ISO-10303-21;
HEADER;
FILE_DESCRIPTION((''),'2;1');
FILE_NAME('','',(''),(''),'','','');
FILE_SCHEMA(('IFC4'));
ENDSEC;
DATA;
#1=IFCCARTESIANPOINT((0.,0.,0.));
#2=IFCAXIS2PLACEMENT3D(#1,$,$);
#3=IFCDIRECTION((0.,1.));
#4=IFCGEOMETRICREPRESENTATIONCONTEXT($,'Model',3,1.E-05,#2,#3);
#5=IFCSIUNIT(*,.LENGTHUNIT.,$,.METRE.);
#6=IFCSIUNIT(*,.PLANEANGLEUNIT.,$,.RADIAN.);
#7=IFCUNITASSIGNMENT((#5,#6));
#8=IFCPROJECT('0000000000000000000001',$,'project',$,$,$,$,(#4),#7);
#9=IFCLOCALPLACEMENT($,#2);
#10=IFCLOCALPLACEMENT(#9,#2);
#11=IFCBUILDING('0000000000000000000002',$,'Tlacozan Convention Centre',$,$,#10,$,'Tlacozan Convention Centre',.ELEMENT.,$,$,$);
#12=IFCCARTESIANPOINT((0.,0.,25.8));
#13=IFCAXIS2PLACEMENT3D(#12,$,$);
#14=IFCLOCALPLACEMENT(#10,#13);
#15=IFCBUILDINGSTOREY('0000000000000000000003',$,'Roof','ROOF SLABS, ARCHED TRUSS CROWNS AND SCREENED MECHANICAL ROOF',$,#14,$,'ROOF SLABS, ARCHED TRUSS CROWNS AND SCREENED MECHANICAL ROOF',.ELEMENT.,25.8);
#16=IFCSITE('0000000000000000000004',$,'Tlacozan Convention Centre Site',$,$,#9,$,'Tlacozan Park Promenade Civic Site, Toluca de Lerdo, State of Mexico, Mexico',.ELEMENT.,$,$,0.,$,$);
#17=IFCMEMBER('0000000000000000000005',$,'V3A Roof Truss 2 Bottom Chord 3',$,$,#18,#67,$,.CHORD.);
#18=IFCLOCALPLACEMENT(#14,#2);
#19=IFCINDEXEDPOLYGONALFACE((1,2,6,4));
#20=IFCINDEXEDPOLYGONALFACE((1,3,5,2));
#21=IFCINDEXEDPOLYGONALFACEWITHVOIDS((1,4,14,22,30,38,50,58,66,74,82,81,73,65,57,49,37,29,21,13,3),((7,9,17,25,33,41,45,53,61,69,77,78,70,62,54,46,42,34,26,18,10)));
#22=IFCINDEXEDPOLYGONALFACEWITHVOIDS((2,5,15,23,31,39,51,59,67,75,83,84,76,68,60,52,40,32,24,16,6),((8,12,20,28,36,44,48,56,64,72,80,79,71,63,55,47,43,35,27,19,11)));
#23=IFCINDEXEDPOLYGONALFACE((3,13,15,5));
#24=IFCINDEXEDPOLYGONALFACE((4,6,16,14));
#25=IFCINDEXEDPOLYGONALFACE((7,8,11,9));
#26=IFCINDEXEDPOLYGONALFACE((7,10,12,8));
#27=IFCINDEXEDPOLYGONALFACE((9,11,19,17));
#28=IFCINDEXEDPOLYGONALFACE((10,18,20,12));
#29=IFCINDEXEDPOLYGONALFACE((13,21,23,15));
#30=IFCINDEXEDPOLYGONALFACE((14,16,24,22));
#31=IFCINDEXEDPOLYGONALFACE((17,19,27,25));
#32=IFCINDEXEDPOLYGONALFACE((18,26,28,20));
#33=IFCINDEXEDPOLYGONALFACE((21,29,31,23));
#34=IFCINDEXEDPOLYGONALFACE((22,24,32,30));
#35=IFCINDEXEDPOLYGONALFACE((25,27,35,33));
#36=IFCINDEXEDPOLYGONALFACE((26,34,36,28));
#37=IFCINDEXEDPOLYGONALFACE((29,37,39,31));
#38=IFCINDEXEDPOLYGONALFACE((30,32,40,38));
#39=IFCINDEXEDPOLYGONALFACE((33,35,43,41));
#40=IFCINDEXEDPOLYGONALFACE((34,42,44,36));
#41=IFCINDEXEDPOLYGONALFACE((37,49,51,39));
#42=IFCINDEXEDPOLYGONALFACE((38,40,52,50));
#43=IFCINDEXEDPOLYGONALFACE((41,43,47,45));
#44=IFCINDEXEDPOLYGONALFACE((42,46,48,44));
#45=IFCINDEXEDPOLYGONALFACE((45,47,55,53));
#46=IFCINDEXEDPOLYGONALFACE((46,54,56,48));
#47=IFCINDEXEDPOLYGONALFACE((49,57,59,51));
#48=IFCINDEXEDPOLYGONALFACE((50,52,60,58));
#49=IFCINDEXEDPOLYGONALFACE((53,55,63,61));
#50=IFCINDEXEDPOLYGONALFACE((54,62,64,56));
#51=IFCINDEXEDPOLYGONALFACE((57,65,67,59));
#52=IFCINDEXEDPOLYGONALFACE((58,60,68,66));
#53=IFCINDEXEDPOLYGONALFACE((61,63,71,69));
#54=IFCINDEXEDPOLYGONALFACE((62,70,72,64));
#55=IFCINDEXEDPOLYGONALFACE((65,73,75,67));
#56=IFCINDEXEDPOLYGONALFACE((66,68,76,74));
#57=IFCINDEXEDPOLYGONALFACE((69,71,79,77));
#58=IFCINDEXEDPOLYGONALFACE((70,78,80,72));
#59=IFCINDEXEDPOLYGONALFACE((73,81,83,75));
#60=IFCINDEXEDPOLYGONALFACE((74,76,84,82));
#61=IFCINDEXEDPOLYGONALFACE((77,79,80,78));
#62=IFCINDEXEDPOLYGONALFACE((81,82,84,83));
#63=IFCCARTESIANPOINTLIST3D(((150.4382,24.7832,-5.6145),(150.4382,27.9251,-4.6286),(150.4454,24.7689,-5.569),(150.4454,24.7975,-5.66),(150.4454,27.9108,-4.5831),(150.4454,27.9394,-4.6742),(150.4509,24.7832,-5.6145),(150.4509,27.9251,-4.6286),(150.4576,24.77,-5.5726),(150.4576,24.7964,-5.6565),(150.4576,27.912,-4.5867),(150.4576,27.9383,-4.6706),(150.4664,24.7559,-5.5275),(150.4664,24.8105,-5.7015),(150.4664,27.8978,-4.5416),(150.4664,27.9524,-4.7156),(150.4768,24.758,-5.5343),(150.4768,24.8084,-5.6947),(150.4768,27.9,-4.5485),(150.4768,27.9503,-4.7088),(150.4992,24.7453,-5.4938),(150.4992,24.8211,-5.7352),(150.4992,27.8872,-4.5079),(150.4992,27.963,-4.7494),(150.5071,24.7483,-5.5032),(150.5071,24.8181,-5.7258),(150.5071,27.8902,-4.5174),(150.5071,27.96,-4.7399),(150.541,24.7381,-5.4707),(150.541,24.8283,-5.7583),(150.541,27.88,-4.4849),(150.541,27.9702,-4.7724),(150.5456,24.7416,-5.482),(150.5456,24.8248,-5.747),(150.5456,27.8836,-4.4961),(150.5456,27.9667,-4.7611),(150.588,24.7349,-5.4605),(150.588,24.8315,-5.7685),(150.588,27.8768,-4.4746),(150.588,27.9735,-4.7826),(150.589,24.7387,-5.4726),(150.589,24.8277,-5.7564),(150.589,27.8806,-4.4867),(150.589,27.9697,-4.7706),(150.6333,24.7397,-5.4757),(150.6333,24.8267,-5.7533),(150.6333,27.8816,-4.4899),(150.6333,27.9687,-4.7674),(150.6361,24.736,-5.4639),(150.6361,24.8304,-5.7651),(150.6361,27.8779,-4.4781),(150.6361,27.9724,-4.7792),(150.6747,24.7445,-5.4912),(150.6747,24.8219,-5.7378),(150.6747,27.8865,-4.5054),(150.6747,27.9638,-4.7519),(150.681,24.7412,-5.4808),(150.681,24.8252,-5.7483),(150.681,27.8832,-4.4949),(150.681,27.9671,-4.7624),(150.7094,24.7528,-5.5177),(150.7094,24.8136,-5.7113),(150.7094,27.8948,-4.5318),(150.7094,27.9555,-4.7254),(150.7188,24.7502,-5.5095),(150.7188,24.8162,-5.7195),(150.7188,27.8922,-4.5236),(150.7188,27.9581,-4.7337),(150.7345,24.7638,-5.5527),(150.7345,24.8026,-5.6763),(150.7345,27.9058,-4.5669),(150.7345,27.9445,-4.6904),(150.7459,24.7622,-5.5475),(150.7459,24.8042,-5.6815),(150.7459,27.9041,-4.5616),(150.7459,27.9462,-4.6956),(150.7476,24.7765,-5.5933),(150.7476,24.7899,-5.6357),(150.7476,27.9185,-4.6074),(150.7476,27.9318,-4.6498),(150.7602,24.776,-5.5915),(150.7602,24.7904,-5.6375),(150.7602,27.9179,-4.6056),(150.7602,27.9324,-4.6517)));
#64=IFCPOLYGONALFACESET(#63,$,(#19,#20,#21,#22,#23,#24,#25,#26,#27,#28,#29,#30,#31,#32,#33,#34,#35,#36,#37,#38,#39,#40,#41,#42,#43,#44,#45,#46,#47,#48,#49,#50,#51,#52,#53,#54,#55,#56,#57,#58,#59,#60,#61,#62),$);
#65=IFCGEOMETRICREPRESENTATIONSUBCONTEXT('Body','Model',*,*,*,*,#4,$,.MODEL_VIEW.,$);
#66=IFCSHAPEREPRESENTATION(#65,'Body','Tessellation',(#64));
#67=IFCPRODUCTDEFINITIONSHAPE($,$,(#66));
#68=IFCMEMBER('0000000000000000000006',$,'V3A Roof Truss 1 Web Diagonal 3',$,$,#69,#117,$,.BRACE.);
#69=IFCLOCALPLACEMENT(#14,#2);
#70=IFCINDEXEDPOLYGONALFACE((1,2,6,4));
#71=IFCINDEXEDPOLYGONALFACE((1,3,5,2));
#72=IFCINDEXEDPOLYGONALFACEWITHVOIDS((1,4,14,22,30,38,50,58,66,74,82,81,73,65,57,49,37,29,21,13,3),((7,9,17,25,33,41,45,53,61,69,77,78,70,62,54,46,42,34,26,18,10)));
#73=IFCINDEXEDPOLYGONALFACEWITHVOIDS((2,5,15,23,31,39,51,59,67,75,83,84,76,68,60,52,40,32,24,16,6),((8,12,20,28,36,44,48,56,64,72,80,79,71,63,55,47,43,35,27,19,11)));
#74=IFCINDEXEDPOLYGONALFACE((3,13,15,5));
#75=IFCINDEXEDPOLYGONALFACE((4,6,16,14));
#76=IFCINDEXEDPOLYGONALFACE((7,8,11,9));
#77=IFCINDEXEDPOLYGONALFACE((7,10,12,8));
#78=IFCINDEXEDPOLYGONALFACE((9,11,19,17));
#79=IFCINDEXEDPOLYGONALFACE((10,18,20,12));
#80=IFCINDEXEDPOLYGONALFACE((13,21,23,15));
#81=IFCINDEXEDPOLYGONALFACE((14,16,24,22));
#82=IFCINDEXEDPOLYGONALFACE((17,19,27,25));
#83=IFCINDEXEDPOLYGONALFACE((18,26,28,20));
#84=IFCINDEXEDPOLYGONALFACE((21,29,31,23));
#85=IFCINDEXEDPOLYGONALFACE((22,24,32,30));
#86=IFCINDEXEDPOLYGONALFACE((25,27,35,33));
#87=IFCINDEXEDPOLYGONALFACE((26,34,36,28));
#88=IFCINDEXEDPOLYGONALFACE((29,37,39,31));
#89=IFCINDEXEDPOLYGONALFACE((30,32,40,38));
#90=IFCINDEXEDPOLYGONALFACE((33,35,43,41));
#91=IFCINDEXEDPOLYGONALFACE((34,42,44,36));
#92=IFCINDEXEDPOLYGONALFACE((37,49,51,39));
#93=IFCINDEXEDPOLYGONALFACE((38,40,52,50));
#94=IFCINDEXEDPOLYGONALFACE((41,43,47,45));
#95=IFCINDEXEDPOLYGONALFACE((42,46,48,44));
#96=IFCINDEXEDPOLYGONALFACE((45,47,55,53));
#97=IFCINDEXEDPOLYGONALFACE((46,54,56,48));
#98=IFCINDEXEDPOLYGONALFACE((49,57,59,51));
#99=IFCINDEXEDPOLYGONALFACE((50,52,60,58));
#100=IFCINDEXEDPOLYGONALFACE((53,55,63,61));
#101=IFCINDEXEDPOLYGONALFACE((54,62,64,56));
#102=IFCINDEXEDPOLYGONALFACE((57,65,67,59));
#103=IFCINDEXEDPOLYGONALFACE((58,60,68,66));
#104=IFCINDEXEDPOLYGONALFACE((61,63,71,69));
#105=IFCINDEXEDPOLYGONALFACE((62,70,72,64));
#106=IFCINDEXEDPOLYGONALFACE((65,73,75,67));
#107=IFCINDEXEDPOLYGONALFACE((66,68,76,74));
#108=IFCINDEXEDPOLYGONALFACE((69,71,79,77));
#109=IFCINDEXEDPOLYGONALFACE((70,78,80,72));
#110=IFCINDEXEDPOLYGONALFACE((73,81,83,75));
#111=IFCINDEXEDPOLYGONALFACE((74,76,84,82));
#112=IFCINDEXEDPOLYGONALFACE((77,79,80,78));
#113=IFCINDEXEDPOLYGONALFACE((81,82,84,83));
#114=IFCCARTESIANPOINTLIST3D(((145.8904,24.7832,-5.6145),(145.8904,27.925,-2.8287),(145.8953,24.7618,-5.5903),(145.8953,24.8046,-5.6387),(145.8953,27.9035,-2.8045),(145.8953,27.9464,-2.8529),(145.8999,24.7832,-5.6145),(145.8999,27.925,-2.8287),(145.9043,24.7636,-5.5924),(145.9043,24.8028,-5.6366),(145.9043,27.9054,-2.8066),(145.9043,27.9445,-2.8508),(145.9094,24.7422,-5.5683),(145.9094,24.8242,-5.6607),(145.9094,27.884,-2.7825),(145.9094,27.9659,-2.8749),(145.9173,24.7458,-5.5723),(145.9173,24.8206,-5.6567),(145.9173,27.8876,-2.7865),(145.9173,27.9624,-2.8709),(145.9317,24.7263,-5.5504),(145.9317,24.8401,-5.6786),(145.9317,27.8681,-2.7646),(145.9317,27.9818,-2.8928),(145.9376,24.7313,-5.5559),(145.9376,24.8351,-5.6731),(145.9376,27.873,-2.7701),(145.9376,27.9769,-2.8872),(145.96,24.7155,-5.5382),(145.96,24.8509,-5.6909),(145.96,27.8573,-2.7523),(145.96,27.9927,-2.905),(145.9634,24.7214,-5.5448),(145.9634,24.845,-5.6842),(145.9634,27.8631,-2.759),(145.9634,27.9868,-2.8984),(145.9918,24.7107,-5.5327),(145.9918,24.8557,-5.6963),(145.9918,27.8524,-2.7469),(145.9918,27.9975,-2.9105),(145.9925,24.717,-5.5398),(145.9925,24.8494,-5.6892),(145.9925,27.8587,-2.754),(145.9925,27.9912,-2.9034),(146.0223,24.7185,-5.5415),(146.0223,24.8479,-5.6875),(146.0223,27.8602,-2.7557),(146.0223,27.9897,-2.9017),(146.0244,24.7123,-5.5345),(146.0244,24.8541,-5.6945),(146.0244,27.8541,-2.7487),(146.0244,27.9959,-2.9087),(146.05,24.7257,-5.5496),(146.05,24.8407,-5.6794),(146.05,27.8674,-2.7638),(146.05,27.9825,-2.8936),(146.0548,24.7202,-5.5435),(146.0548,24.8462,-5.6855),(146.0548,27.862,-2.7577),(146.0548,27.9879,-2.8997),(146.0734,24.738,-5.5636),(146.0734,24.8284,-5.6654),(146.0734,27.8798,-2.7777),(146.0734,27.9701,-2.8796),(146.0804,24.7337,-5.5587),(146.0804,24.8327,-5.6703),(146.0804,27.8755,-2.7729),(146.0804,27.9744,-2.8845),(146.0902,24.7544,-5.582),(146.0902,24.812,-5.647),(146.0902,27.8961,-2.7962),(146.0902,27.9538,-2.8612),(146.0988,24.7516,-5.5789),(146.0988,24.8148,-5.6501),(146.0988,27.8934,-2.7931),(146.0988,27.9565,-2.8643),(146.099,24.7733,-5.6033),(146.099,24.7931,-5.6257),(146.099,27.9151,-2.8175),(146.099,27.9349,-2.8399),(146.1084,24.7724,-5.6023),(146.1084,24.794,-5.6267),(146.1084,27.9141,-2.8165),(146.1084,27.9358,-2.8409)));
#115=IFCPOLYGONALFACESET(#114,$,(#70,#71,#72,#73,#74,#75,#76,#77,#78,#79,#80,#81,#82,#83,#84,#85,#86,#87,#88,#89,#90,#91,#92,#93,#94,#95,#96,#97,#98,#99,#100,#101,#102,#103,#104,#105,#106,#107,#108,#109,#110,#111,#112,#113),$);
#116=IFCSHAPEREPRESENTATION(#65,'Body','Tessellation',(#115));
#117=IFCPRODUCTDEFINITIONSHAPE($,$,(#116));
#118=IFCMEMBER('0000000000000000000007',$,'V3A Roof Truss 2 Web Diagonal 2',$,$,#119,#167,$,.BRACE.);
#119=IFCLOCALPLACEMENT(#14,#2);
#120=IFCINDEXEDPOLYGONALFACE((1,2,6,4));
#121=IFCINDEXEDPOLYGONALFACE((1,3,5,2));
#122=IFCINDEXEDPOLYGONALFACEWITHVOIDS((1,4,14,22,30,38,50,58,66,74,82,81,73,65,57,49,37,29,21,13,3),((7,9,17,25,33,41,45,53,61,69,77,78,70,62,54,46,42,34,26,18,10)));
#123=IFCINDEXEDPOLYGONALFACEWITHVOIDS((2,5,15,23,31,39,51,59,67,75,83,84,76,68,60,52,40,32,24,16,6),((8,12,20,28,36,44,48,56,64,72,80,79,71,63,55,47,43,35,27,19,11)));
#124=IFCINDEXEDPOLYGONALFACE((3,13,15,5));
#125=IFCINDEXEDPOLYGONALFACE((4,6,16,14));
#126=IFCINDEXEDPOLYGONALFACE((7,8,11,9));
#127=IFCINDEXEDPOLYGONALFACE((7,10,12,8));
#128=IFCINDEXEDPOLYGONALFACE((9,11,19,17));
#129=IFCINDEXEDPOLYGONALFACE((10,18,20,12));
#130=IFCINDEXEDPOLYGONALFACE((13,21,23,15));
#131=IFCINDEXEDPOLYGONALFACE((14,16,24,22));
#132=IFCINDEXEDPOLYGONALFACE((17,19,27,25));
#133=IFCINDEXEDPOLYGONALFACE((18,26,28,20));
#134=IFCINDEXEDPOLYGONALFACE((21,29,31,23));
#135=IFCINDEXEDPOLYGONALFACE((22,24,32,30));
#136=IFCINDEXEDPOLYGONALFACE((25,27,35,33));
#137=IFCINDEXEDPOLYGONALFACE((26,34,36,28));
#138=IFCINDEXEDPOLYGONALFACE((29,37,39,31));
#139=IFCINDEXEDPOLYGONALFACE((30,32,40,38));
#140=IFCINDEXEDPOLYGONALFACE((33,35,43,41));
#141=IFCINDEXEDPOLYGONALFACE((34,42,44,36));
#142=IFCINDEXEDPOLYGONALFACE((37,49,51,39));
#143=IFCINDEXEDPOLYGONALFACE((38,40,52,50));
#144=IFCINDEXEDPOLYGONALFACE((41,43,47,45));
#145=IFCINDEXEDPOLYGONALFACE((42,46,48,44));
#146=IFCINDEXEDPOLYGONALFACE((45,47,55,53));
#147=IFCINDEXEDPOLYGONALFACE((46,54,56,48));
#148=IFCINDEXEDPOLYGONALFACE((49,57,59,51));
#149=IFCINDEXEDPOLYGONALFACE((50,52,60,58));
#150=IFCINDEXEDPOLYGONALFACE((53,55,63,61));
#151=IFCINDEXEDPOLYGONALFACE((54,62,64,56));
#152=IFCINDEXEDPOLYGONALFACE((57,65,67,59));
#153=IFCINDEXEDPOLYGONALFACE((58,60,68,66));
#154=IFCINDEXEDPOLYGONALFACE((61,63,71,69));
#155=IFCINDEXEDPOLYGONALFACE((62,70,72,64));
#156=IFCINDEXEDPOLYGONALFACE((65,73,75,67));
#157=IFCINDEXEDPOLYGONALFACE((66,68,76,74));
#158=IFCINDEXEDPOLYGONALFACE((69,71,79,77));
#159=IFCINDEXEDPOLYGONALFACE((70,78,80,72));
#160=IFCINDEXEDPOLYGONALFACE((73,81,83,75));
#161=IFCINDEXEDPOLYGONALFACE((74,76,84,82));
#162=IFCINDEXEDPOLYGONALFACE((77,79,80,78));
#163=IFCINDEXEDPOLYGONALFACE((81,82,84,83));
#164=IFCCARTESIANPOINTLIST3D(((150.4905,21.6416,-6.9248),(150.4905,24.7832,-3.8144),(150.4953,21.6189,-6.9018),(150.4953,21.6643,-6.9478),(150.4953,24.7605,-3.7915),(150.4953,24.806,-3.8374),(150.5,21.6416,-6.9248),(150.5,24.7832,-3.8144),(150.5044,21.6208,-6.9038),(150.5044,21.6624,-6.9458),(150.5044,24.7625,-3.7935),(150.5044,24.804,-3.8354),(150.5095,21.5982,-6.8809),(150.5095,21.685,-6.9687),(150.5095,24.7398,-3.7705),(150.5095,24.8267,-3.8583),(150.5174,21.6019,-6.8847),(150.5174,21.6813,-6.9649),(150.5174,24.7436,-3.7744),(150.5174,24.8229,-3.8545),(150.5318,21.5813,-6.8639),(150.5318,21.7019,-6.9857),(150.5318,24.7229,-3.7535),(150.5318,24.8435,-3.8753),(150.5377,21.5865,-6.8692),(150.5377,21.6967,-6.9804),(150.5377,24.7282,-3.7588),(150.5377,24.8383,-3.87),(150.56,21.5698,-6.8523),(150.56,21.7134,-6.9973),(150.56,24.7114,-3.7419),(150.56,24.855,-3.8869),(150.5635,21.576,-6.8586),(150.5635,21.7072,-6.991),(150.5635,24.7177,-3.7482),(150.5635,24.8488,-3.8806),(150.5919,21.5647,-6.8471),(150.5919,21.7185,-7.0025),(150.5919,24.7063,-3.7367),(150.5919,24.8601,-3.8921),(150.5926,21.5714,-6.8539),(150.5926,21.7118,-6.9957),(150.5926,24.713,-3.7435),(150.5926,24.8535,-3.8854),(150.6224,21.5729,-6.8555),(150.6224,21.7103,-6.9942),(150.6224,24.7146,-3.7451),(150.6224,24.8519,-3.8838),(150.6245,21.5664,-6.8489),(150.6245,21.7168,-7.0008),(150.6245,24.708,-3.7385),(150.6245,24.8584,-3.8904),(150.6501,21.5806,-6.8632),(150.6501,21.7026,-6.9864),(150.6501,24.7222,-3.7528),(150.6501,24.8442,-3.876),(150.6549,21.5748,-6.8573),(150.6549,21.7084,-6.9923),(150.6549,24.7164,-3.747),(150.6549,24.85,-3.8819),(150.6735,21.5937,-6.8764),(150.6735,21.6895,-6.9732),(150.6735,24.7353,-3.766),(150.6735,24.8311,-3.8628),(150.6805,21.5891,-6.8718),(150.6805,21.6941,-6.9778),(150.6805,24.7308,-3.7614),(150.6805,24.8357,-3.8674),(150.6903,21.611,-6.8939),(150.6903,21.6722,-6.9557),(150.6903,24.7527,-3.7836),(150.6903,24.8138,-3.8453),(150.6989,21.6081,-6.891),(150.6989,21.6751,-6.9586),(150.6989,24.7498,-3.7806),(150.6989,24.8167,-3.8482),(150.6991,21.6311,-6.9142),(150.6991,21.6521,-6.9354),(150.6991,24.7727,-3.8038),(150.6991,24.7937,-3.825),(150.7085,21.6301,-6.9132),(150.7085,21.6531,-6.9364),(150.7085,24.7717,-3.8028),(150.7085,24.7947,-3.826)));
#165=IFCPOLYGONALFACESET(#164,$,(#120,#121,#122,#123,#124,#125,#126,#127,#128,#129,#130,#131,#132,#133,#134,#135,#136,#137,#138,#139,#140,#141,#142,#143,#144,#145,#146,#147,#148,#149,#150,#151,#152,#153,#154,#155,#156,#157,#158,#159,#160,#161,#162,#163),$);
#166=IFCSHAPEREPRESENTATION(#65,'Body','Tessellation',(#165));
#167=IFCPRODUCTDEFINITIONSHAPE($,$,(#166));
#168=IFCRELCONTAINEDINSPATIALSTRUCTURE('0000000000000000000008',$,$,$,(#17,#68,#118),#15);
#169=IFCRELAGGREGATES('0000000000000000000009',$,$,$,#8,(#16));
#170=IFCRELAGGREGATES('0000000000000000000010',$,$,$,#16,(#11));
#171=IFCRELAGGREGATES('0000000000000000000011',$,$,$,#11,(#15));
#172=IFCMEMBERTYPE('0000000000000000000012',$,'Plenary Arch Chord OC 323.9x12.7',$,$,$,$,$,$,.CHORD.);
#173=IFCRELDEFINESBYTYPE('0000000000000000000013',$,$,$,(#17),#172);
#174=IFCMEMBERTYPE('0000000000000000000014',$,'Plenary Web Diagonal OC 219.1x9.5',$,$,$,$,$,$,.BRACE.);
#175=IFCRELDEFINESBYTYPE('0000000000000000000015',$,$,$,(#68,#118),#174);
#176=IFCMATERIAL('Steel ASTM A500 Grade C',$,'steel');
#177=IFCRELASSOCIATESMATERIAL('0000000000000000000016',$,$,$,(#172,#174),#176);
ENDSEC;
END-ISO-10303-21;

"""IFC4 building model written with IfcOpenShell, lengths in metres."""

from ifc_helpers import new_model, si_unit, direction, frame, origin, origin_2d, place, context, subcontext, project, spatial, hollow_circle, extrude, material, material_profile, profile_set, type_object, element, save


model = new_model("IFC4")

# Units and contexts
model_context = context("Model", 3, precision=1e-05, world=origin(), true_north=direction((0.0, 1.0)))
body_context = subcontext(model_context, "Body", "Model", "MODEL_VIEW")
ifc_project = project(units=[si_unit("LENGTHUNIT", "METRE"), si_unit("PLANEANGLEUNIT", "RADIAN")], contexts=[model_context])

# Site, building, storey
site_placement = place(None, origin())
site = spatial("IfcSite", under=ifc_project, at=site_placement, Name="Tlacozan Convention Centre Site", LongName="Tlacozan Park Promenade Civic Site, Toluca de Lerdo, State of Mexico, Mexico", CompositionType="ELEMENT", RefElevation=0.0)
building_placement = place(site_placement, origin())
building = spatial("IfcBuilding", under=site, at=building_placement, Name="Tlacozan Convention Centre", LongName="Tlacozan Convention Centre", CompositionType="ELEMENT")
storey_placement = place(building_placement, frame((0.0, 0.0, 25.8)))
storey = spatial("IfcBuildingStorey", under=building, at=storey_placement, Name="Roof", Description="ROOF SLABS, ARCHED TRUSS CROWNS AND SCREENED MECHANICAL ROOF", LongName="ROOF SLABS, ARCHED TRUSS CROWNS AND SCREENED MECHANICAL ROOF", CompositionType="ELEMENT", Elevation=25.8)

# Members
ifc_material_1 = material(Name="Steel ASTM A500 Grade C", Category="steel")
ifc_material_profile_1 = material_profile(ifc_material_1, hollow_circle(Radius=0.1619, WallThickness=0.0127, at=origin_2d()), Name="OC 323.9x12.7")
ifc_profile_set_1 = profile_set([ifc_material_profile_1], Name="Steel ASTM A500 Grade C")
member_type_1 = type_object("IfcMemberType", Name="Plenary Arch Chord OC 323.9x12.7", PredefinedType="CHORD", material=ifc_profile_set_1)
for number, where, z_axis, x_axis, name in (
    (1, (150.6001, 24.7832, -5.6145), (0.0, 0.954132, 0.299385), (-1.0, 0.0, 0.0), "V3A Roof Truss 2 Bottom Chord 3"),
):
    element("IfcMember", number, at=place(storey_placement, frame(where, z_axis=z_axis, x_axis=x_axis)), inside=storey, type_object=member_type_1, Name=name, PredefinedType="CHORD", context=body_context, shape_type="SweptSolid", body=[
        extrude(hollow_circle(Radius=0.1619, WallThickness=0.0127, at=origin_2d()), origin(), (0.0, 0.0, 1.0), 3.293),
    ])
ifc_material_profile_2 = material_profile(ifc_material_1, hollow_circle(Radius=0.1096, WallThickness=0.0095, at=origin_2d()), Name="OC 219.1x9.5")
ifc_profile_set_2 = profile_set([ifc_material_profile_2], Name="Steel ASTM A500 Grade C")
member_type_2 = type_object("IfcMemberType", Name="Plenary Web Diagonal OC 219.1x9.5", PredefinedType="BRACE", material=ifc_profile_set_2)
member_1_placement = place(storey_placement, frame((146.0, 24.7832, -5.6145), z_axis=(0.0, 0.74822, 0.66345), x_axis=(-1.0, 0.0, 0.0)))
element("IfcMember", 2, at=member_1_placement, inside=storey, type_object=member_type_2, Name="V3A Roof Truss 1 Web Diagonal 3", PredefinedType="BRACE", context=body_context, shape_type="SweptSolid", body=[
    extrude(hollow_circle(Radius=0.1096, WallThickness=0.0095, at=origin_2d()), origin(), (0.0, 0.0, 1.0), 4.199),
])
member_2_placement = place(storey_placement, frame((150.6001, 21.6416, -6.9248), z_axis=(0.0, 0.710632, 0.703564), x_axis=(-1.0, 0.0, 0.0)))
element("IfcMember", 3, at=member_2_placement, inside=storey, type_object=member_type_2, Name="V3A Roof Truss 2 Web Diagonal 2", PredefinedType="BRACE", context=body_context, shape_type="SweptSolid", body=[
    extrude(hollow_circle(Radius=0.1096, WallThickness=0.0095, at=origin_2d()), origin(), (0.0, 0.0, 1.0), 4.4209),
])

save(model, "model.ifc")
